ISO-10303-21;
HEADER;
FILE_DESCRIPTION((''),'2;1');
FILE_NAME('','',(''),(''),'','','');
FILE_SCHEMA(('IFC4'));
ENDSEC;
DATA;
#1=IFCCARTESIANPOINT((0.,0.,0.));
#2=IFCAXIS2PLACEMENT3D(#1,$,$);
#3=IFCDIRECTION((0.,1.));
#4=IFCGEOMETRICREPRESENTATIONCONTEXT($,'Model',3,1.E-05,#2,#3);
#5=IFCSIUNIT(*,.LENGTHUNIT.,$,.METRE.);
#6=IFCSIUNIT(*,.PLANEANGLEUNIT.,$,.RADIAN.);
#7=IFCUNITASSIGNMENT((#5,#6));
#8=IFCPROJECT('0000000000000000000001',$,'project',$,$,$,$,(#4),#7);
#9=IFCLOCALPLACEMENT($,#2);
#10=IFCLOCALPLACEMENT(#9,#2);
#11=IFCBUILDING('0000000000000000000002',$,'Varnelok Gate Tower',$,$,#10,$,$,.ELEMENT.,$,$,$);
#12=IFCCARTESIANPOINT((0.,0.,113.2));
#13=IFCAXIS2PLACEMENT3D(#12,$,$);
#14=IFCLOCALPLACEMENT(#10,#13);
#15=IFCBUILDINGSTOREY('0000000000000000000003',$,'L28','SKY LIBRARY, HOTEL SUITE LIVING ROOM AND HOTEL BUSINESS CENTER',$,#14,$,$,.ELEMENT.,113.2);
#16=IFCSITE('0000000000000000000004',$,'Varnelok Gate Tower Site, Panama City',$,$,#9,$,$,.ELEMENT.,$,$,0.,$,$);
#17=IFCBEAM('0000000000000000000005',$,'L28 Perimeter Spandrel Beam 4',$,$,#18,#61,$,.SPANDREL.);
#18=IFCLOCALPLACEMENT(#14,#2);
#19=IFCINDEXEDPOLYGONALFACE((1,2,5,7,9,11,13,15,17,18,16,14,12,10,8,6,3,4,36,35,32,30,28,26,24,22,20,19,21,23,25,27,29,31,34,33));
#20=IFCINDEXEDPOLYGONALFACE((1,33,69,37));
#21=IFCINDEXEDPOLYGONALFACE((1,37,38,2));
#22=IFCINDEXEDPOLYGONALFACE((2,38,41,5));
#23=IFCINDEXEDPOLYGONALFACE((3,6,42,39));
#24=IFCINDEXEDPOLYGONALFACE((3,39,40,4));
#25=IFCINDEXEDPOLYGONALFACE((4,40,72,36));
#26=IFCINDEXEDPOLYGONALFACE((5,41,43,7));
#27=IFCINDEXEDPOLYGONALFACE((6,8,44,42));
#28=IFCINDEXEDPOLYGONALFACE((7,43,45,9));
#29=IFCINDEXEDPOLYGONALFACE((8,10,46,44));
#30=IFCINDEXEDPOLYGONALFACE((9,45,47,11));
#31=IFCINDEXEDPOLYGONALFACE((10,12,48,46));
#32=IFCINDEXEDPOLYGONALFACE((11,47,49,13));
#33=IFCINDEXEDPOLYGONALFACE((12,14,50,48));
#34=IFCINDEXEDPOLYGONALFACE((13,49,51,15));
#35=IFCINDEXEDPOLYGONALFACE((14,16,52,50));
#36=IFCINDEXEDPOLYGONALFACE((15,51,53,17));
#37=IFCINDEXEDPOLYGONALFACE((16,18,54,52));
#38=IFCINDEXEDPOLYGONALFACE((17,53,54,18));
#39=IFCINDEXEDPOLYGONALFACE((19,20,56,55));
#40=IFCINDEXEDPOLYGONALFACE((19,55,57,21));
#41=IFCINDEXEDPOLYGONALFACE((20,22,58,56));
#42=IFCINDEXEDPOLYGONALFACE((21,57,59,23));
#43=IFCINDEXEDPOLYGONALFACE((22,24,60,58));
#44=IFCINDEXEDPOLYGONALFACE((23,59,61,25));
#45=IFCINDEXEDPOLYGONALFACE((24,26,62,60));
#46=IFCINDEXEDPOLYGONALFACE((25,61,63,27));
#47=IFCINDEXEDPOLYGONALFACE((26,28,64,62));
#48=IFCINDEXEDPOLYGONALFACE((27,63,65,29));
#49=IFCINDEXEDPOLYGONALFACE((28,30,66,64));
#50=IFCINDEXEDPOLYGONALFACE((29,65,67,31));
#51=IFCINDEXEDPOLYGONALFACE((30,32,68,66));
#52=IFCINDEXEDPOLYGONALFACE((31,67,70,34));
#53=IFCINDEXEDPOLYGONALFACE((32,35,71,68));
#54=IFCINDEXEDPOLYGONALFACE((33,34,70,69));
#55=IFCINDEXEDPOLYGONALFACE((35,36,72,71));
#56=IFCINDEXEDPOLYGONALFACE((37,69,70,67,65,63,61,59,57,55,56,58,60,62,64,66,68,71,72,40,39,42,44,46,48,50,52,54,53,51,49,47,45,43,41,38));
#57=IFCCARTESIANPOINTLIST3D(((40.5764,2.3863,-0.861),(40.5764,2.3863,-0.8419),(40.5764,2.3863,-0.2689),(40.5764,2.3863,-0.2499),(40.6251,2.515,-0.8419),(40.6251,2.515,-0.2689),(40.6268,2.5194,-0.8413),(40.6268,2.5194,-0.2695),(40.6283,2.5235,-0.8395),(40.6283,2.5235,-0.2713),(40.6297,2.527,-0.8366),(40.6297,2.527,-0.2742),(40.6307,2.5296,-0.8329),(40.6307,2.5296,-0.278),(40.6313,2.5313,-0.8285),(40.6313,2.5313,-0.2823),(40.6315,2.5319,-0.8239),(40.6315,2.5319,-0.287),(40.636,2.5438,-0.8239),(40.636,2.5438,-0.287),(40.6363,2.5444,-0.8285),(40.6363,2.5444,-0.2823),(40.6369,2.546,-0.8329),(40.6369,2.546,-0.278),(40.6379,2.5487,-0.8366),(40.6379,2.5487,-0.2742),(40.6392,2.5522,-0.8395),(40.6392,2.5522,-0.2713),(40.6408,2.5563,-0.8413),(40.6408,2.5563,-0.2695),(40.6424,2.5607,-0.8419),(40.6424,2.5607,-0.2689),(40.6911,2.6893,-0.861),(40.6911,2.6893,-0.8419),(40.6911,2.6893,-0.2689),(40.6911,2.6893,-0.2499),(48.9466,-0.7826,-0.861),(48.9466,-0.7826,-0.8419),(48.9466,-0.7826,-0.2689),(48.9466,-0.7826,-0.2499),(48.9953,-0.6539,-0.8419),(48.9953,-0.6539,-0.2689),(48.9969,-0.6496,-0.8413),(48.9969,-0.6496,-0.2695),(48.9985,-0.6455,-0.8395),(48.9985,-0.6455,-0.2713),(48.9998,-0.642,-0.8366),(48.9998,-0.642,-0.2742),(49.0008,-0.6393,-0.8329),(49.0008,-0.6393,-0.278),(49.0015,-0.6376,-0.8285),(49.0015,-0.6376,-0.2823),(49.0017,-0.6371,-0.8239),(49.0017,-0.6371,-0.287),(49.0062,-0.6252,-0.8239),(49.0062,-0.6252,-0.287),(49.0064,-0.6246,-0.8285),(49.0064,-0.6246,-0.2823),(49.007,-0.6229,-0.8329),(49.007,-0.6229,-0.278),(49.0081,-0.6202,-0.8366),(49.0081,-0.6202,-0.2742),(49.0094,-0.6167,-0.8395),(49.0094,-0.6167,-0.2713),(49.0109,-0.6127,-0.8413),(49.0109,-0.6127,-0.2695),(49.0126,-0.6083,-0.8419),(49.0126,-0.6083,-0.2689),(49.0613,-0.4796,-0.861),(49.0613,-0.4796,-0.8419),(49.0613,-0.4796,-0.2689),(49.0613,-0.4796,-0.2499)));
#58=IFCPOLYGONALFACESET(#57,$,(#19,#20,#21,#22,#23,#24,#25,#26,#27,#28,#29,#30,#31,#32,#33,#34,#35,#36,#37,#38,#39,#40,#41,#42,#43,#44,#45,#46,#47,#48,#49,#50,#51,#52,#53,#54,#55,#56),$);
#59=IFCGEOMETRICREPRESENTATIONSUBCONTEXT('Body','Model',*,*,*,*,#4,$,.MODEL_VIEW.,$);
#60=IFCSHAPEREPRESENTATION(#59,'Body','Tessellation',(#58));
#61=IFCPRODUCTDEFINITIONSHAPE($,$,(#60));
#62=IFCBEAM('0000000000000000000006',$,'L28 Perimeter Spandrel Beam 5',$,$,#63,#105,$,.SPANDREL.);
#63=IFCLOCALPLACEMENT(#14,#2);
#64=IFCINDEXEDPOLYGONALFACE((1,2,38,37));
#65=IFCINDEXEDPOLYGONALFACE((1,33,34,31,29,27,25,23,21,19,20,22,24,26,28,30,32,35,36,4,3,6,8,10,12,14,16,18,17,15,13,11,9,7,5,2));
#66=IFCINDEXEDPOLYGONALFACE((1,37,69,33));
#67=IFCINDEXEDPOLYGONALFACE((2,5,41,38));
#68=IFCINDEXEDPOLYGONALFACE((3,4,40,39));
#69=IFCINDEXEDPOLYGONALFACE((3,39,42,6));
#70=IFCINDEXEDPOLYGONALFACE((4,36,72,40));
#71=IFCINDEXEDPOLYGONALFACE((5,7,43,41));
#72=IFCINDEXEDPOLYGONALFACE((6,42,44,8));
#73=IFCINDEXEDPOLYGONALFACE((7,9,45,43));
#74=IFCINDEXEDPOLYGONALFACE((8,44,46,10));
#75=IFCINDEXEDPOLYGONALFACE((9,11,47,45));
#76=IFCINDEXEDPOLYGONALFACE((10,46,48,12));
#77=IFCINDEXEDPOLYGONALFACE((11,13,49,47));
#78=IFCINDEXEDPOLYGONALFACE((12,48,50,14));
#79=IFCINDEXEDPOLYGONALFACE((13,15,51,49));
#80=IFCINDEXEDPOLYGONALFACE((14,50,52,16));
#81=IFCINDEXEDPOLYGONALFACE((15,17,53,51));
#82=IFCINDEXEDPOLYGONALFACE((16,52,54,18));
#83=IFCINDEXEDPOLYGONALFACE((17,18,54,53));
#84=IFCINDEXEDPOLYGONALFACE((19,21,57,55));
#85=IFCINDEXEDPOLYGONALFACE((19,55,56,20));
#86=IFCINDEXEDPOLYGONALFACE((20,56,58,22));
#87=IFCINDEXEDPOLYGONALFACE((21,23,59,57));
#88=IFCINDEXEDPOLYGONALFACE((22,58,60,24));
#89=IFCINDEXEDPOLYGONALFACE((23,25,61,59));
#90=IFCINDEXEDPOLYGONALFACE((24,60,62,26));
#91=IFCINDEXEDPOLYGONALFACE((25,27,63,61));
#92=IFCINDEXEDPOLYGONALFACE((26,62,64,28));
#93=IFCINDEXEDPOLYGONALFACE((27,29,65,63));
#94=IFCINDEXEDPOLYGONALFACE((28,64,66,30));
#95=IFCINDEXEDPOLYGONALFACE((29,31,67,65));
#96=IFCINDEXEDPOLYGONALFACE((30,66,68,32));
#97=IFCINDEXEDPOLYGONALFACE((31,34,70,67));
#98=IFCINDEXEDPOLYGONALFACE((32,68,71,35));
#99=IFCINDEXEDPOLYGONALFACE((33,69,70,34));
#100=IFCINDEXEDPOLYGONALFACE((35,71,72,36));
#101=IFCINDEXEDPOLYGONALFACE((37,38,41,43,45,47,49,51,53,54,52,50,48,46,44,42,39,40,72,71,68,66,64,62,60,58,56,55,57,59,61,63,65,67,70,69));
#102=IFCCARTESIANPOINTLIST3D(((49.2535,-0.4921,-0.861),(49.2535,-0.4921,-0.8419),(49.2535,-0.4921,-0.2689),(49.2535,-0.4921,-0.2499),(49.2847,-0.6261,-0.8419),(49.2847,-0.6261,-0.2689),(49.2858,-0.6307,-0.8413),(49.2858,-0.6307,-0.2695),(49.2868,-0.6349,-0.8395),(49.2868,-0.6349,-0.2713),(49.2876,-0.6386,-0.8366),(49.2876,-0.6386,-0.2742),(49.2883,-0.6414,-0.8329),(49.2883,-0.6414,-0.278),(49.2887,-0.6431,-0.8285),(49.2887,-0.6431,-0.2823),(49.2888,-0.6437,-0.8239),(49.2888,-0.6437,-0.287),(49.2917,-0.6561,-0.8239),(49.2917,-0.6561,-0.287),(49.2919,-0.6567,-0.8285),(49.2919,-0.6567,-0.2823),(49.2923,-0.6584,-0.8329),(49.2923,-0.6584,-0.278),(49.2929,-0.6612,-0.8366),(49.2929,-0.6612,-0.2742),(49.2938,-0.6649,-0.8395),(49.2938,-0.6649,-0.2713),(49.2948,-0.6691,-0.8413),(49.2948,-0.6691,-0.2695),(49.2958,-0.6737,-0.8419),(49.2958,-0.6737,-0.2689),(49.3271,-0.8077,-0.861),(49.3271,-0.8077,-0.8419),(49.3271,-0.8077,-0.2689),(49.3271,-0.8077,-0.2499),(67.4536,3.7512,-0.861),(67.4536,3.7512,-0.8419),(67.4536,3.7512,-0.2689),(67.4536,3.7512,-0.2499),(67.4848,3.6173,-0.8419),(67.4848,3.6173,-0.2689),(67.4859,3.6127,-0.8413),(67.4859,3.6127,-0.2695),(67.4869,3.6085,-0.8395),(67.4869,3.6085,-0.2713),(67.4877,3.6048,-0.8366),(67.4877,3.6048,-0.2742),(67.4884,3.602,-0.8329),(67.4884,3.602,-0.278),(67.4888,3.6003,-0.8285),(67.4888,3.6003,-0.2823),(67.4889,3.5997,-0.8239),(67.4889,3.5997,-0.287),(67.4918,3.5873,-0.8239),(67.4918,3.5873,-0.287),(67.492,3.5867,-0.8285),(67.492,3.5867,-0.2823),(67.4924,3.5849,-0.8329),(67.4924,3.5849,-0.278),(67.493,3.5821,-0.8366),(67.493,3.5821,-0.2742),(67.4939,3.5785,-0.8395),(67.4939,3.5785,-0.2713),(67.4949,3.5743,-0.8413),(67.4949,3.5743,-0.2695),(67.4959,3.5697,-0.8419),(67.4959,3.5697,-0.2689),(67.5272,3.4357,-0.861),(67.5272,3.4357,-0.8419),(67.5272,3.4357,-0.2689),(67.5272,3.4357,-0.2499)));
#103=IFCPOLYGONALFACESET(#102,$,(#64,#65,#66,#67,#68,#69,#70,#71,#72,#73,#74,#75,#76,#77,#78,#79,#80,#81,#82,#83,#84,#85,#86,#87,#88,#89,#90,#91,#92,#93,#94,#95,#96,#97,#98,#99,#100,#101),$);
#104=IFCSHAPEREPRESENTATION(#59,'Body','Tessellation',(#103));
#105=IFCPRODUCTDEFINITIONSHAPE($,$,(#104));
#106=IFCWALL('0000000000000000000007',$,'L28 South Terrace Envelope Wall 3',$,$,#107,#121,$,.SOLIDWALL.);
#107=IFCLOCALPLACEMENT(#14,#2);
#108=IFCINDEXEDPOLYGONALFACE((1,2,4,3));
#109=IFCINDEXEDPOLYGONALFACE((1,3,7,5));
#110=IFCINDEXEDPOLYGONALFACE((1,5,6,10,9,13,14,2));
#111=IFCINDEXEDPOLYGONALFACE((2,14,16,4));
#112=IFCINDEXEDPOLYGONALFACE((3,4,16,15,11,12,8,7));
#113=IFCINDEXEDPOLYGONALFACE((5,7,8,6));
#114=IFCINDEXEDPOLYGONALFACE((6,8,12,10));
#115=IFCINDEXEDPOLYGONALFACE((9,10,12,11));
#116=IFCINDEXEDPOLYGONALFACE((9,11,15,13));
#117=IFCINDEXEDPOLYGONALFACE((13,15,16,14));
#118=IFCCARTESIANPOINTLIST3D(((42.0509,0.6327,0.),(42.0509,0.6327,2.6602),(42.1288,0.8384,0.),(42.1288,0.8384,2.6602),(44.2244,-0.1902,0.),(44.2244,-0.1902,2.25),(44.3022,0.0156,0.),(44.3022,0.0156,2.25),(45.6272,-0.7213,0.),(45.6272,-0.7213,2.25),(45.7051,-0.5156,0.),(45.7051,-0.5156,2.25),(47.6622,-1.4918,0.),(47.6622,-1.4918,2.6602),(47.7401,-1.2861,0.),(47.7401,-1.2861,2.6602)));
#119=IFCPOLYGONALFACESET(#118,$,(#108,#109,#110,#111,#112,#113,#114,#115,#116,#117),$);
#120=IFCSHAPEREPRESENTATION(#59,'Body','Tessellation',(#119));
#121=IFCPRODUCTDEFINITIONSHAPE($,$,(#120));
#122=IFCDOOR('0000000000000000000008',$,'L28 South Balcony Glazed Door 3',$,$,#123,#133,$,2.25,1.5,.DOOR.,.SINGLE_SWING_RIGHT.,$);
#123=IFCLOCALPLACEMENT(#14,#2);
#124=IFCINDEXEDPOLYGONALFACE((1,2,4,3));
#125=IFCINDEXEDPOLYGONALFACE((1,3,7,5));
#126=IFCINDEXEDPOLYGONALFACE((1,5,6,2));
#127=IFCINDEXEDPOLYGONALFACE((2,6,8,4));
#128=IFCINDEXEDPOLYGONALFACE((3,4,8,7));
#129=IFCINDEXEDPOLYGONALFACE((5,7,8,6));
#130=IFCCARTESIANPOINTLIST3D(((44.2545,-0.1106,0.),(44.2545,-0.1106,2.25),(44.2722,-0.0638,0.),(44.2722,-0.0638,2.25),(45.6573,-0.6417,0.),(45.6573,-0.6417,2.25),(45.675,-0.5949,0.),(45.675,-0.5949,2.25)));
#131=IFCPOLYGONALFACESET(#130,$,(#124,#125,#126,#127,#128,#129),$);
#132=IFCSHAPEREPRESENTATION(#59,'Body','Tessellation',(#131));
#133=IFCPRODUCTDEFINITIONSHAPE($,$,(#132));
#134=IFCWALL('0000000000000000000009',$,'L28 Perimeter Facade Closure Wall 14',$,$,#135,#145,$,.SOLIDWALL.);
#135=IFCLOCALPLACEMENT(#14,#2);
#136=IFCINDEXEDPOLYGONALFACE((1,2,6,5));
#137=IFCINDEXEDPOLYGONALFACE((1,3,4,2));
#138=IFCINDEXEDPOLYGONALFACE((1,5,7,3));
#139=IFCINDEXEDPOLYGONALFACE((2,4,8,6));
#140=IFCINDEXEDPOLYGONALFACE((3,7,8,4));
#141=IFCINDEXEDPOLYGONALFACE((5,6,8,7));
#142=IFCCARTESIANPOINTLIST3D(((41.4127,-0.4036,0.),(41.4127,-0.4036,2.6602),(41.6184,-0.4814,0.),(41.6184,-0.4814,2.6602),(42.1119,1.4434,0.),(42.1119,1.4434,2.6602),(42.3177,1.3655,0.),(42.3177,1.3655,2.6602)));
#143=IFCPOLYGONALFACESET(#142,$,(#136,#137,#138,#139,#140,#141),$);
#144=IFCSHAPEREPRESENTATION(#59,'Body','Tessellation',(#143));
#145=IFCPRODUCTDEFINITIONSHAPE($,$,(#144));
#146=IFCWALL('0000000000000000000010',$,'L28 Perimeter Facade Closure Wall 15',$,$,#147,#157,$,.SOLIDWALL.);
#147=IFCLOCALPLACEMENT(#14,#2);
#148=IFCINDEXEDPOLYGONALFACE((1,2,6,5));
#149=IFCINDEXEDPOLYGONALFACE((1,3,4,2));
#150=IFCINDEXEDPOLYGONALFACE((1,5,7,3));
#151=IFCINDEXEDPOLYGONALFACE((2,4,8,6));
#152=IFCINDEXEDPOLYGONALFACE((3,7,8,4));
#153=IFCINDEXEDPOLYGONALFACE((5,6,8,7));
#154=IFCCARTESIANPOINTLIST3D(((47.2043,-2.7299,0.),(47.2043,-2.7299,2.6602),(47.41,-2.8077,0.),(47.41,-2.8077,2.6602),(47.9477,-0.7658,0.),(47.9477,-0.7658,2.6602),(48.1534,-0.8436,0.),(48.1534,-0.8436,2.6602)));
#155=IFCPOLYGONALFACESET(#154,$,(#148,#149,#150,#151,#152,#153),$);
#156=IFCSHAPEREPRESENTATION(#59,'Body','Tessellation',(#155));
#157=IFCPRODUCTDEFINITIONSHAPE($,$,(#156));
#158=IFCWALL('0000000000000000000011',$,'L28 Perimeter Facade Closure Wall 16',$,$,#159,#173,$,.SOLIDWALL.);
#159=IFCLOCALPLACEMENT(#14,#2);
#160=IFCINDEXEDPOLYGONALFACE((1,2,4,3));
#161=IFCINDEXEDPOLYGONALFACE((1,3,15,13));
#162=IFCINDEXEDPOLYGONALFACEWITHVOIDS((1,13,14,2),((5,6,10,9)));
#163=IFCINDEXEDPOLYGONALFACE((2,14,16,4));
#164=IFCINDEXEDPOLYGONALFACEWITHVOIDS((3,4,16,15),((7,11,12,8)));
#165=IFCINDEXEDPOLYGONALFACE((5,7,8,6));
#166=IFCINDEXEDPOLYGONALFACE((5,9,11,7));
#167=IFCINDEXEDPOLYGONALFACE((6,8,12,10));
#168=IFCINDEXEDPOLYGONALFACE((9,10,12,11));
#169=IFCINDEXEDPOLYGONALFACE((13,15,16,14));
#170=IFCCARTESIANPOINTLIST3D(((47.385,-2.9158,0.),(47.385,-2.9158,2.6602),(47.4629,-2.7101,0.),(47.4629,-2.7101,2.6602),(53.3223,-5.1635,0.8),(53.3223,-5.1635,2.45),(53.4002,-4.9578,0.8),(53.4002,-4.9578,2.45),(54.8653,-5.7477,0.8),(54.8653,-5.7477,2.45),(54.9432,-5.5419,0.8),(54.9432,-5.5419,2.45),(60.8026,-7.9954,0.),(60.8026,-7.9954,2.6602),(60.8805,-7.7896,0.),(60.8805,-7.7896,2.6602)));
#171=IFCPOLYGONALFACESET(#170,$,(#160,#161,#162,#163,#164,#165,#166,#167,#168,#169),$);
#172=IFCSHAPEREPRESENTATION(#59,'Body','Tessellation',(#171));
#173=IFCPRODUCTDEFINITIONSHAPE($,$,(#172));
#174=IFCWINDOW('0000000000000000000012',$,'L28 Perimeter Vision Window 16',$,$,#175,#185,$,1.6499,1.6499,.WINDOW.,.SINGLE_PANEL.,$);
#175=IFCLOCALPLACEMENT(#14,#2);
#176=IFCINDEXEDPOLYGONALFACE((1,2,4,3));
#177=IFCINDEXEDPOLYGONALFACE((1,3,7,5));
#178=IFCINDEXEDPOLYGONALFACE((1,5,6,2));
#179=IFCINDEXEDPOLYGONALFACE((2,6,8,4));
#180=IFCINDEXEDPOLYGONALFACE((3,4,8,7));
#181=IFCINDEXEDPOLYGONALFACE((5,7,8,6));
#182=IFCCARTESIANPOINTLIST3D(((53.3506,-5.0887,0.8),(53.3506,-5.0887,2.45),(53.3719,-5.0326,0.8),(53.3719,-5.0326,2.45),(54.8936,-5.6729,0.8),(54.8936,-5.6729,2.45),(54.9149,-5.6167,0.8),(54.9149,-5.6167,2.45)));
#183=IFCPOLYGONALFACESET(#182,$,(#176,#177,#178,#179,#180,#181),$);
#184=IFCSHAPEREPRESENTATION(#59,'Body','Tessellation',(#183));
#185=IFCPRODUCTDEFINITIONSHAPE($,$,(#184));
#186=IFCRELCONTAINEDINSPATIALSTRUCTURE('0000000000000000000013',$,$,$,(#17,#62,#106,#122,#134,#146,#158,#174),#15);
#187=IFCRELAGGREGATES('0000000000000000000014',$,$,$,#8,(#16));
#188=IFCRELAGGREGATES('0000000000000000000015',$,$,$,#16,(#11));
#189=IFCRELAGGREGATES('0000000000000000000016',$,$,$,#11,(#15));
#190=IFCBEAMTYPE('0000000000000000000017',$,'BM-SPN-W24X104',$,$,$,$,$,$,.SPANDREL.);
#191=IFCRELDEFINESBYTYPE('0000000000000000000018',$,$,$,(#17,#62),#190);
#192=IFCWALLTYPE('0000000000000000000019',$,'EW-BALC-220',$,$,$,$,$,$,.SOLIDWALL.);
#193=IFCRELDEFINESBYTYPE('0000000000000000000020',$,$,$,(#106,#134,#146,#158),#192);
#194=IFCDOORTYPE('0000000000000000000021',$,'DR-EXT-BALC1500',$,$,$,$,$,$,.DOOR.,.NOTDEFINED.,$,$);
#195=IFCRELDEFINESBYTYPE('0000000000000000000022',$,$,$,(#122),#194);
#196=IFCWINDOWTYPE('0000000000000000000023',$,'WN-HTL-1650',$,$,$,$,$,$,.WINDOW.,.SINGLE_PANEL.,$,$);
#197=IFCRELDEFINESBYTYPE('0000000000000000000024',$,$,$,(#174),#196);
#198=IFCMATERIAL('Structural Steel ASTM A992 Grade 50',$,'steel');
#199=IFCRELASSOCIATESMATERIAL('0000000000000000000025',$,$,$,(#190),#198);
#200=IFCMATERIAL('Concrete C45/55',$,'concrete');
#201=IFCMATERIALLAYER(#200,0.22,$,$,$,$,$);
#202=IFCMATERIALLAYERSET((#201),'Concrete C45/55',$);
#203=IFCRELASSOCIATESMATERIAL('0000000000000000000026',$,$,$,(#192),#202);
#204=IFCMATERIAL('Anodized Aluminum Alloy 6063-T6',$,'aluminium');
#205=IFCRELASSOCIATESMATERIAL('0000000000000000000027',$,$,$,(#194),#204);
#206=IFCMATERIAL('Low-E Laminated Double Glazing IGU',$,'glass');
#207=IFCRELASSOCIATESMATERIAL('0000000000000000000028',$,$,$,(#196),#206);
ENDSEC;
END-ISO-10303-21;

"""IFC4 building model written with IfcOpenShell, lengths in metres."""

from ifc_helpers import new_model, si_unit, direction, frame, frame_2d, origin, origin_2d, place, context, subcontext, project, spatial, rectangle, i_section, extrude, material, layer, layer_set, material_profile, profile_set, type_object, element, fill, save


model = new_model("IFC4")

# Units and contexts
model_context = context("Model", 3, precision=1e-05, world=origin(), true_north=direction((0.0, 1.0)))
body_context = subcontext(model_context, "Body", "Model", "MODEL_VIEW")
ifc_project = project(units=[si_unit("LENGTHUNIT", "METRE"), si_unit("PLANEANGLEUNIT", "RADIAN")], contexts=[model_context])

# Site, building, storey
site_placement = place(None, origin())
site = spatial("IfcSite", under=ifc_project, at=site_placement, Name="Varnelok Gate Tower Site, Panama City", CompositionType="ELEMENT", RefElevation=0.0)
building_placement = place(site_placement, origin())
building = spatial("IfcBuilding", under=site, at=building_placement, Name="Varnelok Gate Tower", CompositionType="ELEMENT")
storey_placement = place(building_placement, frame((0.0, 0.0, 113.2)))
storey = spatial("IfcBuildingStorey", under=building, at=storey_placement, Name="L28", Description="SKY LIBRARY, HOTEL SUITE LIVING ROOM AND HOTEL BUSINESS CENTER", CompositionType="ELEMENT", Elevation=113.2)

# Shared definitions
ifc_material_1 = material(Name="Structural Steel ASTM A992 Grade 50", Category="steel")

# Beams
ifc_material_profile_1 = material_profile(ifc_material_1, i_section(OverallWidth=0.324, OverallDepth=0.6111, WebThickness=0.0127, FlangeThickness=0.019, FilletRadius=0.0181, at=origin_2d()), Name="W24X104")
ifc_profile_set_1 = profile_set([ifc_material_profile_1], Name="Structural Steel ASTM A992 Grade 50")
beam_type_1 = type_object("IfcBeamType", Name="BM-SPN-W24X104", PredefinedType="SPANDREL", material=ifc_profile_set_1)
beam_1_placement = place(storey_placement, frame((40.6338, 2.5378, -0.5554), z_axis=(0.935217, -0.354075, 0.0), x_axis=(0.354075, 0.935217, 0.0)))
element("IfcBeam", 1, at=beam_1_placement, inside=storey, type_object=beam_type_1, Name="L28 Perimeter Spandrel Beam 4", PredefinedType="SPANDREL", context=body_context, shape_type="SweptSolid", body=[
    extrude(i_section(OverallWidth=0.324, OverallDepth=0.6111, WebThickness=0.0127, FlangeThickness=0.019, FilletRadius=0.0181, at=origin_2d()), origin(), (0.0, 0.0, 1.0), 8.95),
])
beam_2_placement = place(storey_placement, frame((49.2903, -0.6499, -0.5554), z_axis=(0.97388, 0.227062, 0.0), x_axis=(-0.227062, 0.97388, 0.0)))
element("IfcBeam", 2, at=beam_2_placement, inside=storey, type_object=beam_type_1, Name="L28 Perimeter Spandrel Beam 5", PredefinedType="SPANDREL", context=body_context, shape_type="SweptSolid", body=[
    extrude(i_section(OverallWidth=0.324, OverallDepth=0.6111, WebThickness=0.0127, FlangeThickness=0.019, FilletRadius=0.0181, at=origin_2d()), origin(), (0.0, 0.0, 1.0), 18.6882),
])

# Wall, opening, door
ifc_material_2 = material(Name="Concrete C45/55", Category="concrete")
ifc_layer_1 = layer(ifc_material_2, 0.22)
ifc_layer_set_1 = layer_set([ifc_layer_1], Name="Concrete C45/55")
wall_type_1 = type_object("IfcWallType", Name="EW-BALC-220", PredefinedType="SOLIDWALL", material=ifc_layer_set_1)
wall_1_placement = place(storey_placement, frame((47.7012, -1.3889, 0.0), z_axis=(0.0, 0.0, 1.0), x_axis=(-0.935214, 0.354083, 0.0)))
wall_1 = element("IfcWall", 3, at=wall_1_placement, inside=storey, type_object=wall_type_1, Name="L28 South Terrace Envelope Wall 3", PredefinedType="SOLIDWALL", context=body_context, shape_type="SweptSolid", body=[
    extrude(rectangle(XDim=6.0, YDim=0.22, at=frame_2d((3.0, 0.0))), origin(), (0.0, 0.0, 1.0), 2.6602),
])
opening_1_placement = place(wall_1_placement, frame((2.176, 0.0, 0.0)))
opening_1 = element("IfcOpeningElement", 4, at=opening_1_placement, cuts=wall_1, PredefinedType="OPENING", context=body_context, shape_type="SweptSolid", body=[
    extrude(rectangle(XDim=1.5, YDim=2.25, at=frame_2d((0.75, 1.125))), frame((0.0, 0.1199, 0.0), z_axis=(0.0, -1.0, 0.0), x_axis=(1.0, 0.0, 0.0)), (0.0, 0.0, 1.0), 0.24),
])
ifc_material_3 = material(Name="Anodized Aluminum Alloy 6063-T6", Category="aluminium")
door_type_1 = type_object("IfcDoorType", Name="DR-EXT-BALC1500", OperationType="NOTDEFINED", PredefinedType="DOOR", material=ifc_material_3)
door_1_placement = place(opening_1_placement, origin())
door_1 = element("IfcDoor", 5, at=door_1_placement, inside=storey, type_object=door_type_1, Name="L28 South Balcony Glazed Door 3", OperationType="SINGLE_SWING_RIGHT", OverallHeight=2.25, OverallWidth=1.5, PredefinedType="DOOR", context=body_context, shape_type="SweptSolid", body=[
    extrude(rectangle(XDim=1.5, YDim=2.25, at=frame_2d((0.75, 1.125))), frame((0.0, 0.0249, 0.0), z_axis=(0.0, -1.0, 0.0), x_axis=(1.0, 0.0, 0.0)), (0.0, 0.0, 1.0), 0.05),
])
fill(opening_1, door_1)

# Walls
wall_2_placement = place(storey_placement, frame((41.5156, -0.4424, 0.0), z_axis=(0.0, 0.0, 1.0), x_axis=(0.354062, 0.935222, 0.0)))
element("IfcWall", 6, at=wall_2_placement, inside=storey, type_object=wall_type_1, Name="L28 Perimeter Facade Closure Wall 14", PredefinedType="SOLIDWALL", context=body_context, shape_type="SweptSolid", body=[
    extrude(rectangle(XDim=1.9749, YDim=0.22, at=frame_2d((0.9873, 0.0))), origin(), (0.0, 0.0, 1.0), 2.6602),
])
wall_3_placement = place(storey_placement, frame((48.0505, -0.8047, 0.0), z_axis=(0.0, 0.0, 1.0), x_axis=(-0.353988, -0.93525, 0.0)))
element("IfcWall", 7, at=wall_3_placement, inside=storey, type_object=wall_type_1, Name="L28 Perimeter Facade Closure Wall 15", PredefinedType="SOLIDWALL", context=body_context, shape_type="SweptSolid", body=[
    extrude(rectangle(XDim=2.1001, YDim=0.22, at=frame_2d((1.05, 0.0))), origin(), (0.0, 0.0, 1.0), 2.6602),
])

# Wall, opening, window
wall_4_placement = place(storey_placement, frame((47.4241, -2.813, 0.0), z_axis=(0.0, 0.0, 1.0), x_axis=(0.935226, -0.354051, 0.0)))
wall_4 = element("IfcWall", 8, at=wall_4_placement, inside=storey, type_object=wall_type_1, Name="L28 Perimeter Facade Closure Wall 16", PredefinedType="SOLIDWALL", context=body_context, shape_type="SweptSolid", body=[
    extrude(rectangle(XDim=14.3469, YDim=0.22, at=frame_2d((7.1733, 0.0))), origin(), (0.0, 0.0, 1.0), 2.6602),
])
opening_2_placement = place(wall_4_placement, frame((6.3484, 0.0, 0.8)))
opening_2 = element("IfcOpeningElement", 9, at=opening_2_placement, cuts=wall_4, PredefinedType="OPENING", context=body_context, shape_type="SweptSolid", body=[
    extrude(rectangle(XDim=1.6499, YDim=1.6499, at=frame_2d((0.825, 0.825))), frame((0.0, 0.1199, 0.0), z_axis=(0.0, -1.0, 0.0), x_axis=(1.0, 0.0, 0.0)), (0.0, 0.0, 1.0), 0.24),
])
ifc_material_4 = material(Name="Low-E Laminated Double Glazing IGU", Category="glass")
window_type = type_object("IfcWindowType", Name="WN-HTL-1650", PartitioningType="SINGLE_PANEL", PredefinedType="WINDOW", material=ifc_material_4)
window_placement = place(opening_2_placement, origin())
window = element("IfcWindow", 10, at=window_placement, inside=storey, type_object=window_type, Name="L28 Perimeter Vision Window 16", OverallHeight=1.6499, OverallWidth=1.6499, PartitioningType="SINGLE_PANEL", PredefinedType="WINDOW", context=body_context, shape_type="SweptSolid", body=[
    extrude(rectangle(XDim=1.6499, YDim=1.6499, at=frame_2d((0.825, 0.825))), frame((0.0, 0.03, 0.0), z_axis=(0.0, -1.0, 0.0), x_axis=(1.0, 0.0, 0.0)), (0.0, 0.0, 1.0), 0.0601),
])
fill(opening_2, window)

save(model, "model.ifc")
